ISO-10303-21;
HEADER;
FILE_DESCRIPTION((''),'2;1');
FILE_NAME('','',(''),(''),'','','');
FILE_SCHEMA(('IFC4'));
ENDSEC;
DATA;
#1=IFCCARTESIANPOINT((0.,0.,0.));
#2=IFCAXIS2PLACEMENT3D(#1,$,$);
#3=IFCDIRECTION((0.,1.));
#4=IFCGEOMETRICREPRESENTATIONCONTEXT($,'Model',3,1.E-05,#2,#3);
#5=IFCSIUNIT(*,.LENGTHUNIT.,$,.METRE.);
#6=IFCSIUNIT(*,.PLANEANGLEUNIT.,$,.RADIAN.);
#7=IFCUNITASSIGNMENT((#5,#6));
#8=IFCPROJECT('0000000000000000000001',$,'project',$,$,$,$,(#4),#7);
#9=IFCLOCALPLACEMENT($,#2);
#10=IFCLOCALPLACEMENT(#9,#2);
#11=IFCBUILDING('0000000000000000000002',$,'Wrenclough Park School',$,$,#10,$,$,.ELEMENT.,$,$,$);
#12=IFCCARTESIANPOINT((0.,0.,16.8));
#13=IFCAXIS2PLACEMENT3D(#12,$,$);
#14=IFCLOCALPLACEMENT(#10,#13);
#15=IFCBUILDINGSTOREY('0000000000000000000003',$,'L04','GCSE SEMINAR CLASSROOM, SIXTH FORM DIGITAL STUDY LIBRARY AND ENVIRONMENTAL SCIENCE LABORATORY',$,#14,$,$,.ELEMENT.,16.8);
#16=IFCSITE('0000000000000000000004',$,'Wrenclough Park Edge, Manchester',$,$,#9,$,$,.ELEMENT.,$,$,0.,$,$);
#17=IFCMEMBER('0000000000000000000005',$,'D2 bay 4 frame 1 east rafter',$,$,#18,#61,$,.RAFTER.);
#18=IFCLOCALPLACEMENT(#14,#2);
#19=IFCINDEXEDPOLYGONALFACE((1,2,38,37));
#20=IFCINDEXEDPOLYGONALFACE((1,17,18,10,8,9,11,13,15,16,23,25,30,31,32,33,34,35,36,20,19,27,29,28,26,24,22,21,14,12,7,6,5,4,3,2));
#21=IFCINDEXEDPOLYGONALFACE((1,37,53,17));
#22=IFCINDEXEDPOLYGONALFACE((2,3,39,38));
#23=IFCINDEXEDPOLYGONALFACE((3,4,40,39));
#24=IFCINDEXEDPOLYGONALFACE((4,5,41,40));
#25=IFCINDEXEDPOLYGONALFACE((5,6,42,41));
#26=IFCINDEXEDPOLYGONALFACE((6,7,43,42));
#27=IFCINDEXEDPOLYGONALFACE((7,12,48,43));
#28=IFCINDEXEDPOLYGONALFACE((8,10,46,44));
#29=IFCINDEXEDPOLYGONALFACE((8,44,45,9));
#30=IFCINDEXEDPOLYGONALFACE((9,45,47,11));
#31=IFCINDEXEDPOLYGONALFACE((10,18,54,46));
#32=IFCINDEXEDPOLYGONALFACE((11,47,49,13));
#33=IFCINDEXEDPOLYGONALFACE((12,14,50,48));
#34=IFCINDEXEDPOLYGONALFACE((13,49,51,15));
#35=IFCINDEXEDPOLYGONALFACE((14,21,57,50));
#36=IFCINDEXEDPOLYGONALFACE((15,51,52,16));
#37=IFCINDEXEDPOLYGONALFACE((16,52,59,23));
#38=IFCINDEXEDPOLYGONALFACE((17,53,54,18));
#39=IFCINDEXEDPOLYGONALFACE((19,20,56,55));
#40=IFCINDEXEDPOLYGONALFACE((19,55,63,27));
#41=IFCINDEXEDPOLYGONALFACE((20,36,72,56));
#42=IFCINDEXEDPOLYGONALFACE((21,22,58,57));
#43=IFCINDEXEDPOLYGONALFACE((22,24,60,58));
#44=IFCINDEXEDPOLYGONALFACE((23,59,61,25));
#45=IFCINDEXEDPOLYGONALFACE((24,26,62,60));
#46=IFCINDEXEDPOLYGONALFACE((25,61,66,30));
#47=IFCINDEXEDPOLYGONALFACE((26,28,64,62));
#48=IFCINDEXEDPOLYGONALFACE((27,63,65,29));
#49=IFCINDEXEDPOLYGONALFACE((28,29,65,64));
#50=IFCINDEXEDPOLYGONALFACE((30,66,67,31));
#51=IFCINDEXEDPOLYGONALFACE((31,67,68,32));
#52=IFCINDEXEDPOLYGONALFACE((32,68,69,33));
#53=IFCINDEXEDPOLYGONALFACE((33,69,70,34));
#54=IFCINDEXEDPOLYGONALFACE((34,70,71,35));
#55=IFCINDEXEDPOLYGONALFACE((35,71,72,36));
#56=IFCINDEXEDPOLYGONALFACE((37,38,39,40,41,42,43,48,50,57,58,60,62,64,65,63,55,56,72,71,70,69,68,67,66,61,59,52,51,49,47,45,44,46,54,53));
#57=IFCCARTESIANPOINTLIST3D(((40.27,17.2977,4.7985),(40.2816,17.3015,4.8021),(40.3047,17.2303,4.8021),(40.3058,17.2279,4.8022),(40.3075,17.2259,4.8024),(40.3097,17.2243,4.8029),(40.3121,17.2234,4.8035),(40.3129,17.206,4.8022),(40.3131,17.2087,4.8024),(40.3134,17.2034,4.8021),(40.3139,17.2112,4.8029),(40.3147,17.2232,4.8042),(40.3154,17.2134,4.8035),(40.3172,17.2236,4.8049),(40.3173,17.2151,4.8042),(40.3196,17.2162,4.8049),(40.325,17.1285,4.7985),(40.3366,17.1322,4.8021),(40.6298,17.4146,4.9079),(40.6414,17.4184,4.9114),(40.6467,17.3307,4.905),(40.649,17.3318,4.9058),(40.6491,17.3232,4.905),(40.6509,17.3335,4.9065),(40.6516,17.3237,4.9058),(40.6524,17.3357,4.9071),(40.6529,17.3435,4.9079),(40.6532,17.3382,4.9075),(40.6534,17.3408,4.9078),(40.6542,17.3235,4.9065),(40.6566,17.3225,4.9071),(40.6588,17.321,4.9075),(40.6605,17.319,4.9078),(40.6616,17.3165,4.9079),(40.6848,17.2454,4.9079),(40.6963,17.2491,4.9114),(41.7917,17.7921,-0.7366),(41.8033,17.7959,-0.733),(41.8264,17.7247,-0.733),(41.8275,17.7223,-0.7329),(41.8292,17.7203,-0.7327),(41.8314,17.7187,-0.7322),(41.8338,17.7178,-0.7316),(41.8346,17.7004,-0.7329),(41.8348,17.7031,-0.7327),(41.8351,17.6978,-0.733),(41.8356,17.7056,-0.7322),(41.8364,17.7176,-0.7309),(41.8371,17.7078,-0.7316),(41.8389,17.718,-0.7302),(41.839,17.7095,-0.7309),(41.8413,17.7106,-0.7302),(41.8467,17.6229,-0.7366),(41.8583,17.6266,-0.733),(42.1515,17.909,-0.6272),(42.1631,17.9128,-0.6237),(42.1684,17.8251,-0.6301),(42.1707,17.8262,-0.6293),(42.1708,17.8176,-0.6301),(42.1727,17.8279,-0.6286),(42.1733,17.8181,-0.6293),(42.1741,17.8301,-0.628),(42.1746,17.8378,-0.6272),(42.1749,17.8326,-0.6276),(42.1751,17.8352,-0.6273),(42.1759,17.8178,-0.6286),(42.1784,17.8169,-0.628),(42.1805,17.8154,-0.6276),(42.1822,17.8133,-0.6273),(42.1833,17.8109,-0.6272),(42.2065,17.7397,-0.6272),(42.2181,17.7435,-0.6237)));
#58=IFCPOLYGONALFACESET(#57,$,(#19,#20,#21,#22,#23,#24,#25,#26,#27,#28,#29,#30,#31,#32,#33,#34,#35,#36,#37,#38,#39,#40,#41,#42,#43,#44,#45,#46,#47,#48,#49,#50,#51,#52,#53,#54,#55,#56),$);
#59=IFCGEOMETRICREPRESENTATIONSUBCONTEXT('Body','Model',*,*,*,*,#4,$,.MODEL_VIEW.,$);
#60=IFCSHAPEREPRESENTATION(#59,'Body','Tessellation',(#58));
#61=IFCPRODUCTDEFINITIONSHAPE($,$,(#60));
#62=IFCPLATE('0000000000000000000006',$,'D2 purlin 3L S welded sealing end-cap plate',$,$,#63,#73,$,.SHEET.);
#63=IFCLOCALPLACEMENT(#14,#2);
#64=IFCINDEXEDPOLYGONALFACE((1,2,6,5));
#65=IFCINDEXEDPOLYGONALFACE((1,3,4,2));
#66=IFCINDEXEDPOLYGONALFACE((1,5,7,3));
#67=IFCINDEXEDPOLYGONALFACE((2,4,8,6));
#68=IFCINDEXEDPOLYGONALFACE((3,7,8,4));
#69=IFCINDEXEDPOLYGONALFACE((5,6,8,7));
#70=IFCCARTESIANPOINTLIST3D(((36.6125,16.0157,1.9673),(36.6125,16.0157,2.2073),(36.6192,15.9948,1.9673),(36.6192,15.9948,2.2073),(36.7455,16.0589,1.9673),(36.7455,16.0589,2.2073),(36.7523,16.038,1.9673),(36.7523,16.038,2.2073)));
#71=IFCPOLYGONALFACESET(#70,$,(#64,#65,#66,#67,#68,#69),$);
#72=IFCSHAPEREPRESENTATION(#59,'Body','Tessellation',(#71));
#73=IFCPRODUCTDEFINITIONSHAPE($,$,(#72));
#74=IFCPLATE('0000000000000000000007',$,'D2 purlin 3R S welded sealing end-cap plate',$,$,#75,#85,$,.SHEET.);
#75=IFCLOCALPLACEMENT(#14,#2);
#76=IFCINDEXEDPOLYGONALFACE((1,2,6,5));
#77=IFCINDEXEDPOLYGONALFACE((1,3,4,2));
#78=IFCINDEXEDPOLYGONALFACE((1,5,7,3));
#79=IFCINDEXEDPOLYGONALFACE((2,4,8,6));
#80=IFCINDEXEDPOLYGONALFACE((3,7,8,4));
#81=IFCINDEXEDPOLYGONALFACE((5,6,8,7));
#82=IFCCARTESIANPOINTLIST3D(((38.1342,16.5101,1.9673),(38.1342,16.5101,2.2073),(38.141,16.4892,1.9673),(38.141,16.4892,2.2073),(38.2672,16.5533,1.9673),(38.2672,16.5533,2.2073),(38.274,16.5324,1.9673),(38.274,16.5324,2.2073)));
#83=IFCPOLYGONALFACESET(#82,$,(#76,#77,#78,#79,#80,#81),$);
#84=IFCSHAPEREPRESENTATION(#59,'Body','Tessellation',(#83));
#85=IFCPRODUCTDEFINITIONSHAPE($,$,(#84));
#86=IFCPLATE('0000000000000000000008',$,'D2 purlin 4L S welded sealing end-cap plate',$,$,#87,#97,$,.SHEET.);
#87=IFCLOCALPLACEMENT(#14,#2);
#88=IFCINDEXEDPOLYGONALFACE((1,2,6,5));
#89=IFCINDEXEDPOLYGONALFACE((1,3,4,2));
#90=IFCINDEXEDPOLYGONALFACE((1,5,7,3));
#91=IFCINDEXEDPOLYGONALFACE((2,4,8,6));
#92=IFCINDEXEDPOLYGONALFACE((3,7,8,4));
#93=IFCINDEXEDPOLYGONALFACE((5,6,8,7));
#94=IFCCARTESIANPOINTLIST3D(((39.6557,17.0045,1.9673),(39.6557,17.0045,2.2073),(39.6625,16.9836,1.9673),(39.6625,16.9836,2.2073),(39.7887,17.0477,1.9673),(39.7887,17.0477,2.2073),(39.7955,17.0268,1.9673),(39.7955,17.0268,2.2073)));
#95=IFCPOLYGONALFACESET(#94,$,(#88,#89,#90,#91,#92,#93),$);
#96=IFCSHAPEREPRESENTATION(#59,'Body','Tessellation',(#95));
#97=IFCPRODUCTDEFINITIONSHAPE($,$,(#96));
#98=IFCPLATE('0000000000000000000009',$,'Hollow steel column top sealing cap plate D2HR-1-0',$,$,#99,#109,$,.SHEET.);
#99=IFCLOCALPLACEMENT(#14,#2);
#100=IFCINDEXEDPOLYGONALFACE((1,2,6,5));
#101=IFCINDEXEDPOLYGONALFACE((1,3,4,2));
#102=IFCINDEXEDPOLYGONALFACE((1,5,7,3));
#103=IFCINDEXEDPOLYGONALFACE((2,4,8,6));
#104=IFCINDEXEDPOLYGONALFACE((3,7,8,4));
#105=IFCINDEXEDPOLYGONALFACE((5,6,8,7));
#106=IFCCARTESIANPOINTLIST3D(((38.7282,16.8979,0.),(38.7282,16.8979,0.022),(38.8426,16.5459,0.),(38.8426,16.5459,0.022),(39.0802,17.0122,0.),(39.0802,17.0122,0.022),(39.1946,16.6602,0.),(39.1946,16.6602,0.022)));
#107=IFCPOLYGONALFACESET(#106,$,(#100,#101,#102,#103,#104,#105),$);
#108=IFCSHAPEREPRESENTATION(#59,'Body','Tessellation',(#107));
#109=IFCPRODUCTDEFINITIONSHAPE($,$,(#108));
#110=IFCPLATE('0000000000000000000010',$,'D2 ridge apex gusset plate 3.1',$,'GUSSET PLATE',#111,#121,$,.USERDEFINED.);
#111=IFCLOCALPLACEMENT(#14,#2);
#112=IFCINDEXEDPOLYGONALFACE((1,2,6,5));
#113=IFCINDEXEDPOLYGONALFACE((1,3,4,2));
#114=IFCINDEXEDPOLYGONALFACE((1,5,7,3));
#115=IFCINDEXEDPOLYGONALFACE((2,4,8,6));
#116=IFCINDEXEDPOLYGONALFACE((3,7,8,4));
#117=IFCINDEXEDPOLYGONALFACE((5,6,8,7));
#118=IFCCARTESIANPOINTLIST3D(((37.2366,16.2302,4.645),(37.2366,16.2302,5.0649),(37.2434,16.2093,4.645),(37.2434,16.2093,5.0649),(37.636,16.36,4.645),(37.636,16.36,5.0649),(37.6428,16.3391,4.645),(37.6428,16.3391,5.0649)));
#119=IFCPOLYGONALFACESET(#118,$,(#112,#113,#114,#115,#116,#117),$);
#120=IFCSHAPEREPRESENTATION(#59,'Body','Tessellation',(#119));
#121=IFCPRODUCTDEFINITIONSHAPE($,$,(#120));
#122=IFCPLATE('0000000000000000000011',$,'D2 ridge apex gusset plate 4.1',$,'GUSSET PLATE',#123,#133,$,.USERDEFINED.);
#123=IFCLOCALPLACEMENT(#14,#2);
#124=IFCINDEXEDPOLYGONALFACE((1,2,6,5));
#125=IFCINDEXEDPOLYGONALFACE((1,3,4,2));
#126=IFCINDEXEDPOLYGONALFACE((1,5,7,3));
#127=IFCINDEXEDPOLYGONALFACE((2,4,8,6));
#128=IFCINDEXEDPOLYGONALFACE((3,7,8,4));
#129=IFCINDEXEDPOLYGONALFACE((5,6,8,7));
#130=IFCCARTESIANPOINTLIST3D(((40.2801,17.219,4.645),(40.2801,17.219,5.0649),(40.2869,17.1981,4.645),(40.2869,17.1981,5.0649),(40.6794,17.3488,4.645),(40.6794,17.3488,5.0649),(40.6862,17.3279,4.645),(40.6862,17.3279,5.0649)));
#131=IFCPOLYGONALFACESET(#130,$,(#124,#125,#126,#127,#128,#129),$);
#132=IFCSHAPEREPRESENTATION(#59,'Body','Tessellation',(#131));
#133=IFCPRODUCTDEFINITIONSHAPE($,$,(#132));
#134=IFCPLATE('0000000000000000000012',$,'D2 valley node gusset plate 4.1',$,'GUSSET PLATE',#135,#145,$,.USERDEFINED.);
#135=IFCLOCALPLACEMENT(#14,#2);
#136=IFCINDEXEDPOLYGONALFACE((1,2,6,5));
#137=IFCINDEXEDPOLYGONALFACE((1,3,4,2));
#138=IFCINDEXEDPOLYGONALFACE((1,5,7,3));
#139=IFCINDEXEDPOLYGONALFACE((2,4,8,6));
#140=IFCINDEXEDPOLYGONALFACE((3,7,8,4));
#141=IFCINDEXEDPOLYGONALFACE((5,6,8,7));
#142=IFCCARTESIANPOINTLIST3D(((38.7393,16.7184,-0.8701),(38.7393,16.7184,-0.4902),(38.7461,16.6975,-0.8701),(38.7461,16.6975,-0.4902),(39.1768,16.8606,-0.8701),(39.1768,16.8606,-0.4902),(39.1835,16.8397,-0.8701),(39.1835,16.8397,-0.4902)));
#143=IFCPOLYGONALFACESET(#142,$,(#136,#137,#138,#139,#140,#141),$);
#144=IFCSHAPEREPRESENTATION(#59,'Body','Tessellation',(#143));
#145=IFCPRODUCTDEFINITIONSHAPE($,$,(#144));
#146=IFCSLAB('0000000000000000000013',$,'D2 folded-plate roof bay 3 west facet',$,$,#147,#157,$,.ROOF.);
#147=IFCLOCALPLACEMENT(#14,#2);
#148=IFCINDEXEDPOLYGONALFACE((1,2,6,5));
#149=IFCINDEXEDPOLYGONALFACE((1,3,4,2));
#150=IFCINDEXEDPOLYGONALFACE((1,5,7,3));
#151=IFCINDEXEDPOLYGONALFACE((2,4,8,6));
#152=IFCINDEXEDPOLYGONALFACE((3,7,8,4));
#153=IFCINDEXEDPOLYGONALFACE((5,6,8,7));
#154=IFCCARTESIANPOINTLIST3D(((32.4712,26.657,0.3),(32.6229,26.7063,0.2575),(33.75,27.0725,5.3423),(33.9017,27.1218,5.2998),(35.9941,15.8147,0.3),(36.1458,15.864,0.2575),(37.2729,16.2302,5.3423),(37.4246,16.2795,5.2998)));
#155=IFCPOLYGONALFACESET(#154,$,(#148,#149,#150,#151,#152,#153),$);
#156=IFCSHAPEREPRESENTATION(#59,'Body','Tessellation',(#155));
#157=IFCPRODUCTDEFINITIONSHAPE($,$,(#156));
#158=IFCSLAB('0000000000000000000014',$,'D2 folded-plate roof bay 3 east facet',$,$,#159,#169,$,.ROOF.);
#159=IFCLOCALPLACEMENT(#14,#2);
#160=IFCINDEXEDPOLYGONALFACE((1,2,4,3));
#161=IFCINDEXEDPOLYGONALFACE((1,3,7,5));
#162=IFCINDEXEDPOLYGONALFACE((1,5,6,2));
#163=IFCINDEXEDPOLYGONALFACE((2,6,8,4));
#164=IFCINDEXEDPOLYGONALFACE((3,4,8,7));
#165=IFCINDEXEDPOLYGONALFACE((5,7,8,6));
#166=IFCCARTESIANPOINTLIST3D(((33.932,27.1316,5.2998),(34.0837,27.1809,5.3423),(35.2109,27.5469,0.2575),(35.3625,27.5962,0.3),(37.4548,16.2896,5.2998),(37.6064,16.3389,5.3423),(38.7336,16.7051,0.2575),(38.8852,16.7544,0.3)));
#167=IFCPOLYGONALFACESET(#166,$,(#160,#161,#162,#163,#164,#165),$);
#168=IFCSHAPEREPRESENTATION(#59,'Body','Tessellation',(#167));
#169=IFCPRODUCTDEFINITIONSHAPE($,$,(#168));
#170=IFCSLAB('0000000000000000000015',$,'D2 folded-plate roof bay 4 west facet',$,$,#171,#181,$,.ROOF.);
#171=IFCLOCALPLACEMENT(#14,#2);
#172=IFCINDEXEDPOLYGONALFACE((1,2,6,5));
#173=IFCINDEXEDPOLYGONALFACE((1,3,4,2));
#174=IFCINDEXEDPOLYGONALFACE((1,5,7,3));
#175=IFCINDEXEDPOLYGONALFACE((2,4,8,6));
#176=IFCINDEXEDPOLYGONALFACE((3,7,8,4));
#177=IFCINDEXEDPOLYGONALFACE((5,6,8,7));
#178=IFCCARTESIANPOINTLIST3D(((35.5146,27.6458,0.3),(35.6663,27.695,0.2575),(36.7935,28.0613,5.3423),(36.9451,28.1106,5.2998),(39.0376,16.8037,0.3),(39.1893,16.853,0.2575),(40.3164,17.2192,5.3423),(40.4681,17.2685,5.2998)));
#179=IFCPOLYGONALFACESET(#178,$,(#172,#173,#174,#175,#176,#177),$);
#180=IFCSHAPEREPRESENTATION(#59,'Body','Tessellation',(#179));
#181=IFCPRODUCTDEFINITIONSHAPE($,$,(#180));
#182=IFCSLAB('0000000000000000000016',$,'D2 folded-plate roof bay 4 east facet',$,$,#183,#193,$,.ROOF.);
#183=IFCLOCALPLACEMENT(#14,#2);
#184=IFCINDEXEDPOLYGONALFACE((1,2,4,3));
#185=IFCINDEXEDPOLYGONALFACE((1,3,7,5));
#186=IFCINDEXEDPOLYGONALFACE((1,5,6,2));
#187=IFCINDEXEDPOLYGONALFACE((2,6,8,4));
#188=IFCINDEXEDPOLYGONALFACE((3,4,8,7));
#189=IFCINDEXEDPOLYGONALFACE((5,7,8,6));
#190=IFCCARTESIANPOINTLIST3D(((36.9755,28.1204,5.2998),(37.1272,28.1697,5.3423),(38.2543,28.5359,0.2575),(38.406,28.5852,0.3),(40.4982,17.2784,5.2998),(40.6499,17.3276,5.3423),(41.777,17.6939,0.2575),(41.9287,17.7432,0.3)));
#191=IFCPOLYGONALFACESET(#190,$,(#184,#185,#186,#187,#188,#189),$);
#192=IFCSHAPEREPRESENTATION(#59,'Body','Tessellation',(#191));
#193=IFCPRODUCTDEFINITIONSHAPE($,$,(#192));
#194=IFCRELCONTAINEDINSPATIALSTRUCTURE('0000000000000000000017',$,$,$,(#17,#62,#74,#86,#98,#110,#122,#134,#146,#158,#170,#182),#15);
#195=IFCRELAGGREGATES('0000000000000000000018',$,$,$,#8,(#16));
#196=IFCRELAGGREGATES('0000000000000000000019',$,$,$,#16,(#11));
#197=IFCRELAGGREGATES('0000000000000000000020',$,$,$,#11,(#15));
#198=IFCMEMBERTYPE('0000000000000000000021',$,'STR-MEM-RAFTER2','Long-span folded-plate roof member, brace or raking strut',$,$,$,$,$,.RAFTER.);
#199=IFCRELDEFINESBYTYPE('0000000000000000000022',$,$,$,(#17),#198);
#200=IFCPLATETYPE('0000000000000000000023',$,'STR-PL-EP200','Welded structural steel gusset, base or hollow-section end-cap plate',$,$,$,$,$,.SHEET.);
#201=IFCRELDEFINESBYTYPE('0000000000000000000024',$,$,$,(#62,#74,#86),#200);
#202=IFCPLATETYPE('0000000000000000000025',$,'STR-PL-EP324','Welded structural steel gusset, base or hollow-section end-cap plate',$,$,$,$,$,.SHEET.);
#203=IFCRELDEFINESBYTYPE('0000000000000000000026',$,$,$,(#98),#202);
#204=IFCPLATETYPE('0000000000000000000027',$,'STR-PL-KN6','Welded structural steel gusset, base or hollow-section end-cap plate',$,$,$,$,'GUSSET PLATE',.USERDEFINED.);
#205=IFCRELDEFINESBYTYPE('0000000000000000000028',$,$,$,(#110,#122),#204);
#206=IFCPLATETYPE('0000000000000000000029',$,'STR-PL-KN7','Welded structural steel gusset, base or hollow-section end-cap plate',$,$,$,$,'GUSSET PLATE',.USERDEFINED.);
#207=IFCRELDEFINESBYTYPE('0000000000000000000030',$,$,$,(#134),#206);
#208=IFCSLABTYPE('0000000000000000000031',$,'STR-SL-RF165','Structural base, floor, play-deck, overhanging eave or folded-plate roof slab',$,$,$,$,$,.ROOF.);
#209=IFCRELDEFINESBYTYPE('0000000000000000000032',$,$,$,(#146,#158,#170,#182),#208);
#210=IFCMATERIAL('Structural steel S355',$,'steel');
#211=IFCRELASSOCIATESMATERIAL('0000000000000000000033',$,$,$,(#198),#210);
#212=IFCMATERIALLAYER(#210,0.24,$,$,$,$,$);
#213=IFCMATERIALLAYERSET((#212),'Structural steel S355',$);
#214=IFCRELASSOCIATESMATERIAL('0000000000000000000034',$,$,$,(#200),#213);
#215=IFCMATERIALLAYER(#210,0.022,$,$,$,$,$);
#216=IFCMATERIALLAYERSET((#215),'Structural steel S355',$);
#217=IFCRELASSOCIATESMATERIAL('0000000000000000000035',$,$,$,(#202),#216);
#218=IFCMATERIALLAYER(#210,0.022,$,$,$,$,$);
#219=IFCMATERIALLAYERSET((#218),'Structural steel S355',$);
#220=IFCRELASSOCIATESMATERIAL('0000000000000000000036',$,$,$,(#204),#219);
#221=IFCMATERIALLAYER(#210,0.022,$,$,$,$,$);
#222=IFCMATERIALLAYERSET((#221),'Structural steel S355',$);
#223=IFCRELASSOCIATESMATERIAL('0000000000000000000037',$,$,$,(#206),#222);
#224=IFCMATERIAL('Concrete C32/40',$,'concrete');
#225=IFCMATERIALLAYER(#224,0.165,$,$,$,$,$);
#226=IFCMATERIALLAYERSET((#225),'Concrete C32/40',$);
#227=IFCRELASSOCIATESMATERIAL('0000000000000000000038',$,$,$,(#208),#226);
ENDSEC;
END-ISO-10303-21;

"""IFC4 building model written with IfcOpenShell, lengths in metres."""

from ifc_helpers import new_model, si_unit, direction, frame, origin, origin_2d, place, context, subcontext, project, spatial, polyline, rectangle, i_section, outline, extrude, material, layer, layer_set, material_profile, profile_set, type_object, element, save


model = new_model("IFC4")

# Units and contexts
model_context = context("Model", 3, precision=1e-05, world=origin(), true_north=direction((0.0, 1.0)))
body_context = subcontext(model_context, "Body", "Model", "MODEL_VIEW")
ifc_project = project(units=[si_unit("LENGTHUNIT", "METRE"), si_unit("PLANEANGLEUNIT", "RADIAN")], contexts=[model_context])

# Site, building, storey
site_placement = place(None, origin())
site = spatial("IfcSite", under=ifc_project, at=site_placement, Name="Wrenclough Park Edge, Manchester", CompositionType="ELEMENT", RefElevation=0.0)
building_placement = place(site_placement, origin())
building = spatial("IfcBuilding", under=site, at=building_placement, Name="Wrenclough Park School", CompositionType="ELEMENT")
storey_placement = place(building_placement, frame((0.0, 0.0, 16.8)))
storey = spatial("IfcBuildingStorey", under=building, at=storey_placement, Name="L04", Description="GCSE SEMINAR CLASSROOM, SIXTH FORM DIGITAL STUDY LIBRARY AND ENVIRONMENTAL SCIENCE LABORATORY", CompositionType="ELEMENT", Elevation=16.8)

# Member
ifc_material_1 = material(Name="Structural steel S355", Category="steel")
ifc_material_profile_1 = material_profile(ifc_material_1, i_section(OverallWidth=0.178, OverallDepth=0.4065, WebThickness=0.0078, FlangeThickness=0.0127, FilletRadius=0.0103, at=origin_2d()), Name="UKB 406x178x60")
ifc_profile_set_1 = profile_set([ifc_material_profile_1], Name="Structural steel S355")
member_type_1 = type_object("IfcMemberType", Name="STR-MEM-RAFTER2", Description="Long-span folded-plate roof member, brace or raking strut", PredefinedType="RAFTER", material=ifc_profile_set_1)
for number, where, z_axis, x_axis, name in (
    (1, (40.4832, 17.2734, 4.855), (0.264108, 0.085804, -0.960669), (-0.308986, 0.951067, 0.0), "D2 bay 4 frame 1 east rafter"),
):
    element("IfcMember", number, at=place(storey_placement, frame(where, z_axis=z_axis, x_axis=x_axis)), inside=storey, type_object=member_type_1, Name=name, PredefinedType="RAFTER", context=body_context, shape_type="SweptSolid", body=[
        extrude(i_section(OverallWidth=0.178, OverallDepth=0.4065, WebThickness=0.0078, FlangeThickness=0.0127, FilletRadius=0.0103, at=origin_2d()), origin(), (0.0, 0.0, 1.0), 5.7617),
    ])

# Plates
ifc_layer_1 = layer(ifc_material_1, 0.24)
ifc_layer_set_1 = layer_set([ifc_layer_1], Name="Structural steel S355")
plate_type_1 = type_object("IfcPlateType", Name="STR-PL-EP200", Description="Welded structural steel gusset, base or hollow-section end-cap plate", PredefinedType="SHEET", material=ifc_layer_set_1)
for number, where, z_axis, x_axis, name in (
    (2, (36.6824, 16.0269, 1.9673), (0.0, 0.0, 1.0), (-0.309017, 0.951057, 0.0), "D2 purlin 3L S welded sealing end-cap plate"),
    (3, (38.2041, 16.5212, 1.9673), (0.0, 0.0, 1.0), (-0.309017, 0.951057, 0.0), "D2 purlin 3R S welded sealing end-cap plate"),
    (4, (39.7256, 17.0156, 1.9673), (0.0, 0.0, 1.0), (-0.309017, 0.951057, 0.0), "D2 purlin 4L S welded sealing end-cap plate"),
):
    element("IfcPlate", number, at=place(storey_placement, frame(where, z_axis=z_axis, x_axis=x_axis)), inside=storey, type_object=plate_type_1, Name=name, PredefinedType="SHEET", context=body_context, shape_type="SweptSolid", body=[
        extrude(rectangle(XDim=0.022, YDim=0.1399, at=origin_2d()), origin(), (0.0, 0.0, 1.0), 0.24),
    ])
ifc_layer_2 = layer(ifc_material_1, 0.022)
ifc_layer_set_2 = layer_set([ifc_layer_2], Name="Structural steel S355")
plate_type_2 = type_object("IfcPlateType", Name="STR-PL-EP324", Description="Welded structural steel gusset, base or hollow-section end-cap plate", PredefinedType="SHEET", material=ifc_layer_set_2)
plate_1_placement = place(storey_placement, frame((38.9614, 16.7791, 0.0), z_axis=(0.0, 0.0, 1.0), x_axis=(0.951057, 0.309017, 0.0)))
element("IfcPlate", 5, at=plate_1_placement, inside=storey, type_object=plate_type_2, Name="Hollow steel column top sealing cap plate D2HR-1-0", PredefinedType="SHEET", context=body_context, shape_type="SweptSolid", body=[
    extrude(rectangle(XDim=0.3701, YDim=0.3701, at=origin_2d()), origin(), (0.0, 0.0, 1.0), 0.022),
])
ifc_layer_3 = layer(ifc_material_1, 0.022)
ifc_layer_set_3 = layer_set([ifc_layer_3], Name="Structural steel S355")
plate_type_3 = type_object("IfcPlateType", Name="STR-PL-KN6", Description="Welded structural steel gusset, base or hollow-section end-cap plate", ElementType="GUSSET PLATE", PredefinedType="USERDEFINED", material=ifc_layer_set_3)
for number, where, z_axis, x_axis, name in (
    (6, (37.4397, 16.2847, 4.645), (0.0, 0.0, 1.0), (0.951057, 0.309017, 0.0), "D2 ridge apex gusset plate 3.1"),
    (7, (40.4832, 17.2734, 4.645), (0.0, 0.0, 1.0), (0.951057, 0.309017, 0.0), "D2 ridge apex gusset plate 4.1"),
):
    element("IfcPlate", number, at=place(storey_placement, frame(where, z_axis=z_axis, x_axis=x_axis)), inside=storey, type_object=plate_type_3, Name=name, ObjectType="GUSSET PLATE", PredefinedType="USERDEFINED", context=body_context, shape_type="SweptSolid", body=[
        extrude(rectangle(XDim=0.4199, YDim=0.022, at=origin_2d()), origin(), (0.0, 0.0, 1.0), 0.4199),
    ])
ifc_layer_4 = layer(ifc_material_1, 0.022)
ifc_layer_set_4 = layer_set([ifc_layer_4], Name="Structural steel S355")
plate_type_4 = type_object("IfcPlateType", Name="STR-PL-KN7", Description="Welded structural steel gusset, base or hollow-section end-cap plate", ElementType="GUSSET PLATE", PredefinedType="USERDEFINED", material=ifc_layer_set_4)
plate_2_placement = place(storey_placement, frame((38.9614, 16.7791, -0.8701), z_axis=(0.0, 0.0, 1.0), x_axis=(0.951057, 0.309017, 0.0)))
element("IfcPlate", 8, at=plate_2_placement, inside=storey, type_object=plate_type_4, Name="D2 valley node gusset plate 4.1", ObjectType="GUSSET PLATE", PredefinedType="USERDEFINED", context=body_context, shape_type="SweptSolid", body=[
    extrude(rectangle(XDim=0.46, YDim=0.022, at=origin_2d()), origin(), (0.0, 0.0, 1.0), 0.3799),
])

# Slabs
ifc_material_2 = material(Name="Concrete C32/40", Category="concrete")
ifc_layer_5 = layer(ifc_material_2, 0.165)
ifc_layer_set_5 = layer_set([ifc_layer_5], Name="Concrete C32/40")
slab_type = type_object("IfcSlabType", Name="STR-SL-RF165", Description="Structural base, floor, play-deck, overhanging eave or folded-plate roof slab", PredefinedType="ROOF", material=ifc_layer_set_5)
slab_1_placement = place(storey_placement, frame((35.9941, 15.8147, 0.3), z_axis=(-0.918941, -0.298589, 0.257668), x_axis=(0.245056, 0.079627, 0.966234)))
element("IfcSlab", 9, at=slab_1_placement, inside=storey, type_object=slab_type, Name="D2 folded-plate roof bay 3 west facet", PredefinedType="ROOF", context=body_context, shape_type="SweptSolid", body=[
    extrude(outline(polyline([(0.0, 0.0), (5.2184, 0.0), (5.2185, 11.4003), (0.0, 11.4003), (0.0, 0.0)])), origin(), (0.0, 0.0, -1.0), 0.165),
])
slab_2_placement = place(storey_placement, frame((37.6064, 16.3389, 5.3423), z_axis=(0.918946, 0.298579, 0.257661), x_axis=(0.245049, 0.079625, -0.966235)))
element("IfcSlab", 10, at=slab_2_placement, inside=storey, type_object=slab_type, Name="D2 folded-plate roof bay 3 east facet", PredefinedType="ROOF", context=body_context, shape_type="SweptSolid", body=[
    extrude(outline(polyline([(0.0, 0.0), (5.2184, 0.0), (5.2185, 11.3997), (0.0001, 11.4), (0.0, 0.0)])), origin(), (0.0, 0.0, -1.0), 0.165),
])
slab_3_placement = place(storey_placement, frame((39.0376, 16.8037, 0.3), z_axis=(-0.918939, -0.298595, 0.257668), x_axis=(0.245056, 0.079627, 0.966234)))
element("IfcSlab", 11, at=slab_3_placement, inside=storey, type_object=slab_type, Name="D2 folded-plate roof bay 4 west facet", PredefinedType="ROOF", context=body_context, shape_type="SweptSolid", body=[
    extrude(outline(polyline([(0.0, 0.0), (5.2184, 0.0), (5.2184, 11.4), (0.0, 11.4), (0.0, 0.0)])), origin(), (0.0, 0.0, -1.0), 0.165),
])
slab_4_placement = place(storey_placement, frame((40.6499, 17.3276, 5.3423), z_axis=(0.918945, 0.298576, 0.257668), x_axis=(0.245056, 0.079627, -0.966234)))
element("IfcSlab", 12, at=slab_4_placement, inside=storey, type_object=slab_type, Name="D2 folded-plate roof bay 4 east facet", PredefinedType="ROOF", context=body_context, shape_type="SweptSolid", body=[
    extrude(outline(polyline([(0.0, 0.0), (5.2184, 0.0), (5.2185, 11.4), (0.0001, 11.4), (0.0, 0.0)])), origin(), (0.0, 0.0, -1.0), 0.165),
])

save(model, "model.ifc")
